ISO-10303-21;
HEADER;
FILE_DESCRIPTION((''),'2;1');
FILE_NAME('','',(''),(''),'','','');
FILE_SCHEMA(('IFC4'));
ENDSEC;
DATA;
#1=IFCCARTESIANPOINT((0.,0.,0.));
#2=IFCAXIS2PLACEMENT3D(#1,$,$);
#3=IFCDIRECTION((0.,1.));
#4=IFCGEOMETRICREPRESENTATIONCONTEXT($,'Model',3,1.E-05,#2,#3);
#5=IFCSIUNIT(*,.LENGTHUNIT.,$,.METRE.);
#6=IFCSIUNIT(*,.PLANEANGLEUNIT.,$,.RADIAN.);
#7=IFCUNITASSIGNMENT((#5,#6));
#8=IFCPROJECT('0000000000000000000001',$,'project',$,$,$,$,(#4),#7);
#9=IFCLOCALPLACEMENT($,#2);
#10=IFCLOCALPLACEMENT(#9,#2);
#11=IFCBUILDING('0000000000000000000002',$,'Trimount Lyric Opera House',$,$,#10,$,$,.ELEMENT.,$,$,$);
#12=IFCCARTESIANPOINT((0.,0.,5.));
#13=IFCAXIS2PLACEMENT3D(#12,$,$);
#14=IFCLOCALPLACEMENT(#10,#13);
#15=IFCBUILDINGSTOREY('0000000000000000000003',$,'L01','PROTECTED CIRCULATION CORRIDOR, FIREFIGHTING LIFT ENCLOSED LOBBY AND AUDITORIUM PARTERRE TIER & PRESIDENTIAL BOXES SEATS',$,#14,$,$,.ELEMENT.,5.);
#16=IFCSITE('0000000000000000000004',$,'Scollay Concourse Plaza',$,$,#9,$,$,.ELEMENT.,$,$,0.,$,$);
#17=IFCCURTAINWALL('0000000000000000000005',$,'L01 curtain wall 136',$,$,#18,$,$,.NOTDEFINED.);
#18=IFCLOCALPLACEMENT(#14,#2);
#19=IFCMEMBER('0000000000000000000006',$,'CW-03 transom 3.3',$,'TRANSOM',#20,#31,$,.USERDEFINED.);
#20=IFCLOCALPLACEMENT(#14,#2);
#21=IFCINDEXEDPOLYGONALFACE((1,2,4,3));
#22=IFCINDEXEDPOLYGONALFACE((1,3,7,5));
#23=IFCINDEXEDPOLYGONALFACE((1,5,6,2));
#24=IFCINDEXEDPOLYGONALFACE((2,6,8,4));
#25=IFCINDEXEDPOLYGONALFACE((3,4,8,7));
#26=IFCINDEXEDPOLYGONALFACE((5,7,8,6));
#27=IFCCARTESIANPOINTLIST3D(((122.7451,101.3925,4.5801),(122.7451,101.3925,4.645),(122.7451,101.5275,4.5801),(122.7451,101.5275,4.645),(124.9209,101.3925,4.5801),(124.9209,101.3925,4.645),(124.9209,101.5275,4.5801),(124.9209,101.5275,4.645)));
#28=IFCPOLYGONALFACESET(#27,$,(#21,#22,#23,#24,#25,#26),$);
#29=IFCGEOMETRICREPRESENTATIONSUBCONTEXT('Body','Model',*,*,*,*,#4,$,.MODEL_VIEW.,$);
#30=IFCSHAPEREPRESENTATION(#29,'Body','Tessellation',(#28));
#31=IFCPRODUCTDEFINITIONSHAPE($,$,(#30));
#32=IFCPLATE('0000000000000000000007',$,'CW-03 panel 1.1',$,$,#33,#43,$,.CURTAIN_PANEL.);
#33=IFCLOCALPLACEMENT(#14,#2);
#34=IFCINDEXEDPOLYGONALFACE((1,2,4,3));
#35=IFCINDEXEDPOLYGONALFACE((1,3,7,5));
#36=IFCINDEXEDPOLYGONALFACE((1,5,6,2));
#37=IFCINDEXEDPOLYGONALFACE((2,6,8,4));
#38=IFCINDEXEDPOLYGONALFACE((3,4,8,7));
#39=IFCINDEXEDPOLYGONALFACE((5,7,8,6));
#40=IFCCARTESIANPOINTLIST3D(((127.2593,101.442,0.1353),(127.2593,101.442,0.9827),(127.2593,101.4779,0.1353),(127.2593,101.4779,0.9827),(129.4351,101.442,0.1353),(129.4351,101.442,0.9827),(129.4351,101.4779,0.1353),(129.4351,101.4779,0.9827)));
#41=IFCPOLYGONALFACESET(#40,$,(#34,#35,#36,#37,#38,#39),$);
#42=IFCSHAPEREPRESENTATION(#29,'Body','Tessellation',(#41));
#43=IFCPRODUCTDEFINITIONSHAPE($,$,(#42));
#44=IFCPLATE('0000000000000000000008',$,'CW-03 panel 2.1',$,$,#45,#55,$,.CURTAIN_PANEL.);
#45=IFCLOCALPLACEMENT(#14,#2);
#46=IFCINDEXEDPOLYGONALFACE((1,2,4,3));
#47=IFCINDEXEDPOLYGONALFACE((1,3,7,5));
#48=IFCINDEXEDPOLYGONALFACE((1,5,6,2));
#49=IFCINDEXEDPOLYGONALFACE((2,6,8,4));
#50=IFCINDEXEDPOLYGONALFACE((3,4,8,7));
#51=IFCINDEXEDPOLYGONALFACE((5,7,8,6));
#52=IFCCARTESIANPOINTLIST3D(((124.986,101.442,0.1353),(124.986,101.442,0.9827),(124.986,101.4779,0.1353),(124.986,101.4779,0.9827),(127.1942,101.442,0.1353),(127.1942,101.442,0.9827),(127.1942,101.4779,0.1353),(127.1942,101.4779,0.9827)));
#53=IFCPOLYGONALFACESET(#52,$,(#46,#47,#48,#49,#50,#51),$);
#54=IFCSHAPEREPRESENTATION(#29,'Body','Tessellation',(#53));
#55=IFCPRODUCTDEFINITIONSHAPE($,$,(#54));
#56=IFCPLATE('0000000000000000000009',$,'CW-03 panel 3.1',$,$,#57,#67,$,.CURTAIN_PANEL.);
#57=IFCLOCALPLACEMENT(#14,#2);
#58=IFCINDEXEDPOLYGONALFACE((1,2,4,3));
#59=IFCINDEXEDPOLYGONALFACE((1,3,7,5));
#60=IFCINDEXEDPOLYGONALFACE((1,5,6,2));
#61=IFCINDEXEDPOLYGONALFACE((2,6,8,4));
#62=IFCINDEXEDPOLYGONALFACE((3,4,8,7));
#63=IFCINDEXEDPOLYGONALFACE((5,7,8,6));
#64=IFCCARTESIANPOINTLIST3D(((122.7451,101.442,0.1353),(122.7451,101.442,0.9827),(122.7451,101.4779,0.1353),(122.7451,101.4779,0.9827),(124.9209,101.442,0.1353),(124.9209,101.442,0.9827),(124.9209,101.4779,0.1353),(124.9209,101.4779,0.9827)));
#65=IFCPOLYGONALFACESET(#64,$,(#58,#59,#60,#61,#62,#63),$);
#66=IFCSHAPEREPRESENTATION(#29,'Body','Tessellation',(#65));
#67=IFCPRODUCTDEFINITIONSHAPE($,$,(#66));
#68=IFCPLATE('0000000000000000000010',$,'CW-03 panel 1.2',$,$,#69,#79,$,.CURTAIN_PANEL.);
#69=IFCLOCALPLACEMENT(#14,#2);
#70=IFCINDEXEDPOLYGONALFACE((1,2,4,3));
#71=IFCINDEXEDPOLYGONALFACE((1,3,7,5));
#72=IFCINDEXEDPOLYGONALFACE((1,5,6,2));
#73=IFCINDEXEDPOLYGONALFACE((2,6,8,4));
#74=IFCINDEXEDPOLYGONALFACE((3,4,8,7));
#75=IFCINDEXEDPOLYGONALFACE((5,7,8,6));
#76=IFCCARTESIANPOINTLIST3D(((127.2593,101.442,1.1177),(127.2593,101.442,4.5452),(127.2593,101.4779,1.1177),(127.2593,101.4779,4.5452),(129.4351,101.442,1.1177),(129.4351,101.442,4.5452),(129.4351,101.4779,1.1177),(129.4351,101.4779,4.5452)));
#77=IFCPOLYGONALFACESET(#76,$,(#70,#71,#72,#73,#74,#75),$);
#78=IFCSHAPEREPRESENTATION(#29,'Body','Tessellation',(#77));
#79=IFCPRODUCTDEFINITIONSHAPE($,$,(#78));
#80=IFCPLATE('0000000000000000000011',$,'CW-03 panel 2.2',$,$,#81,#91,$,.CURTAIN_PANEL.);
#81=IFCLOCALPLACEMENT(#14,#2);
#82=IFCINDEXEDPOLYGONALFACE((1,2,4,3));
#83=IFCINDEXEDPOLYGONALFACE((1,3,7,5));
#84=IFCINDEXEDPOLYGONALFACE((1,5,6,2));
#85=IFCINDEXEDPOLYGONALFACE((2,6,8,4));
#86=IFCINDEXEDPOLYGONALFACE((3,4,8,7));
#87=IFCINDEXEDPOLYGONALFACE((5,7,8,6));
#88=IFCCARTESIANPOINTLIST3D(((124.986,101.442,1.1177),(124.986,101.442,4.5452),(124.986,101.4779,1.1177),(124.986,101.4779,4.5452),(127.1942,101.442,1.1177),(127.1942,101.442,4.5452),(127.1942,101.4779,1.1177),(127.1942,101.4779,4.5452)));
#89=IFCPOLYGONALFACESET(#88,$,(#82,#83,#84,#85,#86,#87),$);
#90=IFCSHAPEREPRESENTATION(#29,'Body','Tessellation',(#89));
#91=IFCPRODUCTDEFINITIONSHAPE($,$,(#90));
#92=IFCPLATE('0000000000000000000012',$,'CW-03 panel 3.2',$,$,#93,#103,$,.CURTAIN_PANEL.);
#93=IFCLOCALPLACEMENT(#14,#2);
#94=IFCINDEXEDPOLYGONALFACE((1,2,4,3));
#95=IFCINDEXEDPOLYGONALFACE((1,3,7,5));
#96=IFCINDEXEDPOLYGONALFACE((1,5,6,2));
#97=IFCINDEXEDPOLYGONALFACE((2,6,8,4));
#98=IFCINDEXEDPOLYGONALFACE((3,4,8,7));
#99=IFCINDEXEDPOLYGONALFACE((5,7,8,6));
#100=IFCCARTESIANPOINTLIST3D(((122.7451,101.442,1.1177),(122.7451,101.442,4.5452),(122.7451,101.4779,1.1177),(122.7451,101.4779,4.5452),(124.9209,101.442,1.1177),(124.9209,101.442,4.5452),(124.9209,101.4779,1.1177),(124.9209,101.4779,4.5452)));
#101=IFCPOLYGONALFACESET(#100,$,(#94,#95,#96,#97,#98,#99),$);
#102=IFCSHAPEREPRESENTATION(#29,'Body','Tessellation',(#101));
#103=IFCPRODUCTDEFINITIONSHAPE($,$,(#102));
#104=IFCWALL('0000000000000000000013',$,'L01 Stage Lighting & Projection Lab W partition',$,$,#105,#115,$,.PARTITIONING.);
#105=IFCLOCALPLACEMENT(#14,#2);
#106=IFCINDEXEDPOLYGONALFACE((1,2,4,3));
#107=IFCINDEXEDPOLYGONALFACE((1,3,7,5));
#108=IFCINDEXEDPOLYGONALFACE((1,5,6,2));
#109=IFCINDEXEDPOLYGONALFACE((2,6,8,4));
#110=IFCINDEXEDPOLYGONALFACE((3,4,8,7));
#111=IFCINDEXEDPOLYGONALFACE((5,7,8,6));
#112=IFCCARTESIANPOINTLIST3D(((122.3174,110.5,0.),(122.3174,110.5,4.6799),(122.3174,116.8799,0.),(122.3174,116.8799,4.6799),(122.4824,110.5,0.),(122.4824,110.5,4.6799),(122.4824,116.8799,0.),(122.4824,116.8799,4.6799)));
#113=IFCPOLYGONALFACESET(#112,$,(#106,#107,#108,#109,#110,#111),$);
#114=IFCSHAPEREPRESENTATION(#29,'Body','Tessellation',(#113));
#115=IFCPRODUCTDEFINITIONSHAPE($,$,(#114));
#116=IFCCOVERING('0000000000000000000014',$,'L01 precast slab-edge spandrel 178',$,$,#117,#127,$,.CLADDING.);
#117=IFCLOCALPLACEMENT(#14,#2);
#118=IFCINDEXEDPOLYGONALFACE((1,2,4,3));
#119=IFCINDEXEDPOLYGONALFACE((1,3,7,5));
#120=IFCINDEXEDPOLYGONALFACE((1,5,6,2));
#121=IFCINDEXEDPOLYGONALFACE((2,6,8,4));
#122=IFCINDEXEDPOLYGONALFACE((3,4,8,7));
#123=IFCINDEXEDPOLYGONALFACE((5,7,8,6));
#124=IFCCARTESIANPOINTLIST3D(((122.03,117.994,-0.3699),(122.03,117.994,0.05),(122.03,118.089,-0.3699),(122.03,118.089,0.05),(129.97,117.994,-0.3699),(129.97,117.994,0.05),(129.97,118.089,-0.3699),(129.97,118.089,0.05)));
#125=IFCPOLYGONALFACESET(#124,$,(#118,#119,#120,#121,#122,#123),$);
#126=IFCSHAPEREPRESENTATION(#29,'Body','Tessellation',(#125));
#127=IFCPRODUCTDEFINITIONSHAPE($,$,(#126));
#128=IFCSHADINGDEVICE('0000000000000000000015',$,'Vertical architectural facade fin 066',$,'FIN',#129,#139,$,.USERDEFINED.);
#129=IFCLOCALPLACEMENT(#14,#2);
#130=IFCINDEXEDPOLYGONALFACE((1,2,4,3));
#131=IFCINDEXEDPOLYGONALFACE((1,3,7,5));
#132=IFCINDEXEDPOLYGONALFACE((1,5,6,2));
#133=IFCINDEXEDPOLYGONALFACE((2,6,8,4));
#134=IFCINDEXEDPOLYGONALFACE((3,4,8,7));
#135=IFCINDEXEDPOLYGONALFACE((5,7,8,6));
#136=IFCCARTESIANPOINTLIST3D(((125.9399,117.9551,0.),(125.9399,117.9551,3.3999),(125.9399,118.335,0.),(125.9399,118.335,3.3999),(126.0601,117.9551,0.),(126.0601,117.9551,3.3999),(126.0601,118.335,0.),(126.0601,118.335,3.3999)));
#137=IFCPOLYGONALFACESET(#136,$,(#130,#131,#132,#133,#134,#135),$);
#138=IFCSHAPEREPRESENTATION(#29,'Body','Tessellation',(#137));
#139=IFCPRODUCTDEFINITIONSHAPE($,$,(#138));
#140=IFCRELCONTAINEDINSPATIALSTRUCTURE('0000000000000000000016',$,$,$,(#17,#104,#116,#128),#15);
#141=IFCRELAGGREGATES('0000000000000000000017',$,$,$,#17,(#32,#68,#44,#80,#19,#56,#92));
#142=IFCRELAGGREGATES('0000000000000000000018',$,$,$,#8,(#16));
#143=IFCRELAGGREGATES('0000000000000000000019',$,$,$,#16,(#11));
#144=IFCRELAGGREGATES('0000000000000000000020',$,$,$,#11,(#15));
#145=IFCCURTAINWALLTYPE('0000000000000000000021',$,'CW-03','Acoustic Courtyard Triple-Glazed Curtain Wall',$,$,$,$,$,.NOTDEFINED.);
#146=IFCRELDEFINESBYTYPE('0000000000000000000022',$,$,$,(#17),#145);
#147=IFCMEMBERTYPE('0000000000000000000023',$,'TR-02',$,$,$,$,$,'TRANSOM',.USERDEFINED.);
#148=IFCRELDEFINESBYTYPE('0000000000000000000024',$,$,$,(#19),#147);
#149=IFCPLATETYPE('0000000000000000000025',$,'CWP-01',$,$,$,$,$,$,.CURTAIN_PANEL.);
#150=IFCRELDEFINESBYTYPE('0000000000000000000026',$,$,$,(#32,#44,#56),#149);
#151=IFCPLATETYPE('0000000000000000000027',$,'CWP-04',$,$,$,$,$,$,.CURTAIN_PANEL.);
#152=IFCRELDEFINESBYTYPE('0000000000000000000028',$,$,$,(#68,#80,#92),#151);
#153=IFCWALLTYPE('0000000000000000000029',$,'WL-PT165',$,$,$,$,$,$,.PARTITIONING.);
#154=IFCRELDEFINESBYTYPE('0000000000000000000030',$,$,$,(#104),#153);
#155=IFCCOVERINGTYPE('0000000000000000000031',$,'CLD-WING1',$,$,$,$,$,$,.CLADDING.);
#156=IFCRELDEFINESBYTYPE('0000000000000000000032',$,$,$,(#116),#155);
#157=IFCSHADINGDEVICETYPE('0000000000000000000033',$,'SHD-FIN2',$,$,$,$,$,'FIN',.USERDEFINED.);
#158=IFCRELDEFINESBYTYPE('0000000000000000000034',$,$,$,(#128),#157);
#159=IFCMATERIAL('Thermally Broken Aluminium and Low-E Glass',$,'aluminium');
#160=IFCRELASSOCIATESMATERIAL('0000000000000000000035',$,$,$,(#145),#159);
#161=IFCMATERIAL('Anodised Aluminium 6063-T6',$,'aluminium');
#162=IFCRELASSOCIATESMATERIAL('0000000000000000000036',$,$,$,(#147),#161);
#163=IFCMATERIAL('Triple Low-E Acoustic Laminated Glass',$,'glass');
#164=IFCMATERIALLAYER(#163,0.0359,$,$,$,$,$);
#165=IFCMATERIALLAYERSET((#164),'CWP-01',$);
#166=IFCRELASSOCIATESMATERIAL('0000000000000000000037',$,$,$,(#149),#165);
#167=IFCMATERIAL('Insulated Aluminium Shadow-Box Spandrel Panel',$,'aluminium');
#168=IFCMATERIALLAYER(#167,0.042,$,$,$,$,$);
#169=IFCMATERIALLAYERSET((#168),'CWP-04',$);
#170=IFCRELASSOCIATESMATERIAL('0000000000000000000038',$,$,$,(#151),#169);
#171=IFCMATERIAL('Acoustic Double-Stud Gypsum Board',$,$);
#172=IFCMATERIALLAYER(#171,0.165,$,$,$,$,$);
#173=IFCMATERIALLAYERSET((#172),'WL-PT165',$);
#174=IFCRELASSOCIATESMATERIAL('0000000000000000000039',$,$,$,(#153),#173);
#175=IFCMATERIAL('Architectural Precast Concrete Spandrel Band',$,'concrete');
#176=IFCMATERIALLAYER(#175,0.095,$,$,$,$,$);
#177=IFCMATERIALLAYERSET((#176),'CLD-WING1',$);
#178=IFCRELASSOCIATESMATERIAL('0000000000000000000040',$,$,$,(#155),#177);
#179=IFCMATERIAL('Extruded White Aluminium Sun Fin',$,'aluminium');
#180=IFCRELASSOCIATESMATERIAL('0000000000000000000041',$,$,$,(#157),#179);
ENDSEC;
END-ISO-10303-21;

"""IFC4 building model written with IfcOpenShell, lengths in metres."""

from ifc_helpers import new_model, si_unit, direction, frame, frame_2d, origin, origin_2d, place, context, subcontext, project, spatial, rectangle, extrude, material, layer, layer_set, material_profile, profile_set, type_object, element, aggregate, save


model = new_model("IFC4")

# Units and contexts
model_context = context("Model", 3, precision=1e-05, world=origin(), true_north=direction((0.0, 1.0)))
body_context = subcontext(model_context, "Body", "Model", "MODEL_VIEW")
ifc_project = project(units=[si_unit("LENGTHUNIT", "METRE"), si_unit("PLANEANGLEUNIT", "RADIAN")], contexts=[model_context])

# Site, building, storey
site_placement = place(None, origin())
site = spatial("IfcSite", under=ifc_project, at=site_placement, Name="Scollay Concourse Plaza", CompositionType="ELEMENT", RefElevation=0.0)
building_placement = place(site_placement, origin())
building = spatial("IfcBuilding", under=site, at=building_placement, Name="Trimount Lyric Opera House", CompositionType="ELEMENT")
storey_placement = place(building_placement, frame((0.0, 0.0, 5.0)))
storey = spatial("IfcBuildingStorey", under=building, at=storey_placement, Name="L01", Description="PROTECTED CIRCULATION CORRIDOR, FIREFIGHTING LIFT ENCLOSED LOBBY AND AUDITORIUM PARTERRE TIER & PRESIDENTIAL BOXES SEATS", CompositionType="ELEMENT", Elevation=5.0)

# Curtain wall
ifc_material_1 = material(Name="Thermally Broken Aluminium and Low-E Glass", Category="aluminium")
curtain_wall_type = type_object("IfcCurtainWallType", Name="CW-03", Description="Acoustic Courtyard Triple-Glazed Curtain Wall", PredefinedType="NOTDEFINED", material=ifc_material_1)
curtain_wall_1_placement = place(storey_placement, origin())
curtain_wall_1 = element("IfcCurtainWall", 1, at=curtain_wall_1_placement, inside=storey, type_object=curtain_wall_type, Name="L01 curtain wall 136", PredefinedType="NOTDEFINED")

# Member
ifc_material_2 = material(Name="Anodised Aluminium 6063-T6", Category="aluminium")
ifc_material_profile_1 = material_profile(ifc_material_2, rectangle(XDim=0.135, YDim=0.0649, at=origin_2d()), Name="ALU-TRAN-65X135")
ifc_profile_set_1 = profile_set([ifc_material_profile_1], Name="Anodised Aluminium 6063-T6")
member_type_1 = type_object("IfcMemberType", Name="TR-02", ElementType="TRANSOM", PredefinedType="USERDEFINED", material=ifc_profile_set_1)
member_1_placement = place(storey_placement, frame((124.9209, 101.46, 4.6125), z_axis=(-1.0, 0.0, 0.0), x_axis=(0.0, -1.0, 0.0)))
member_1 = element("IfcMember", 2, at=member_1_placement, type_object=member_type_1, Name="CW-03 transom 3.3", ObjectType="TRANSOM", PredefinedType="USERDEFINED", context=body_context, shape_type="SweptSolid", body=[
    extrude(rectangle(XDim=0.135, YDim=0.0649, at=origin_2d()), origin(), (0.0, 0.0, 1.0), 2.1758),
])

# Plates
ifc_material_3 = material(Name="Triple Low-E Acoustic Laminated Glass", Category="glass")
ifc_layer_1 = layer(ifc_material_3, 0.0359)
ifc_layer_set_1 = layer_set([ifc_layer_1], Name="CWP-01")
plate_type_1 = type_object("IfcPlateType", Name="CWP-01", PredefinedType="CURTAIN_PANEL", material=ifc_layer_set_1)
plate_1_placement = place(storey_placement, frame((128.3472, 101.46, 0.1353), z_axis=(0.0, 0.0, 1.0), x_axis=(-1.0, 0.0, 0.0)))
plate_1 = element("IfcPlate", 3, at=plate_1_placement, type_object=plate_type_1, Name="CW-03 panel 1.1", PredefinedType="CURTAIN_PANEL", context=body_context, shape_type="SweptSolid", body=[
    extrude(rectangle(XDim=2.1758, YDim=0.0359, at=origin_2d()), origin(), (0.0, 0.0, 1.0), 0.8474),
])
plate_2_placement = place(storey_placement, frame((126.0901, 101.46, 0.1353), z_axis=(0.0, 0.0, 1.0), x_axis=(-1.0, 0.0, 0.0)))
plate_2 = element("IfcPlate", 4, at=plate_2_placement, type_object=plate_type_1, Name="CW-03 panel 2.1", PredefinedType="CURTAIN_PANEL", context=body_context, shape_type="SweptSolid", body=[
    extrude(rectangle(XDim=2.2083, YDim=0.0359, at=origin_2d()), origin(), (0.0, 0.0, 1.0), 0.8474),
])
plate_3_placement = place(storey_placement, frame((123.833, 101.46, 0.1353), z_axis=(0.0, 0.0, 1.0), x_axis=(-1.0, 0.0, 0.0)))
plate_3 = element("IfcPlate", 5, at=plate_3_placement, type_object=plate_type_1, Name="CW-03 panel 3.1", PredefinedType="CURTAIN_PANEL", context=body_context, shape_type="SweptSolid", body=[
    extrude(rectangle(XDim=2.1758, YDim=0.0359, at=origin_2d()), origin(), (0.0, 0.0, 1.0), 0.8474),
])
ifc_material_4 = material(Name="Insulated Aluminium Shadow-Box Spandrel Panel", Category="aluminium")
ifc_layer_2 = layer(ifc_material_4, 0.042)
ifc_layer_set_2 = layer_set([ifc_layer_2], Name="CWP-04")
plate_type_2 = type_object("IfcPlateType", Name="CWP-04", PredefinedType="CURTAIN_PANEL", material=ifc_layer_set_2)
plate_4_placement = place(storey_placement, frame((128.3472, 101.46, 1.1177), z_axis=(0.0, 0.0, 1.0), x_axis=(-1.0, 0.0, 0.0)))
plate_4 = element("IfcPlate", 6, at=plate_4_placement, type_object=plate_type_2, Name="CW-03 panel 1.2", PredefinedType="CURTAIN_PANEL", context=body_context, shape_type="SweptSolid", body=[
    extrude(rectangle(XDim=2.1758, YDim=0.0359, at=origin_2d()), origin(), (0.0, 0.0, 1.0), 3.4275),
])
plate_5_placement = place(storey_placement, frame((126.0901, 101.46, 1.1177), z_axis=(0.0, 0.0, 1.0), x_axis=(-1.0, 0.0, 0.0)))
plate_5 = element("IfcPlate", 7, at=plate_5_placement, type_object=plate_type_2, Name="CW-03 panel 2.2", PredefinedType="CURTAIN_PANEL", context=body_context, shape_type="SweptSolid", body=[
    extrude(rectangle(XDim=2.2083, YDim=0.0359, at=origin_2d()), origin(), (0.0, 0.0, 1.0), 3.4275),
])
plate_6_placement = place(storey_placement, frame((123.833, 101.46, 1.1177), z_axis=(0.0, 0.0, 1.0), x_axis=(-1.0, 0.0, 0.0)))
plate_6 = element("IfcPlate", 8, at=plate_6_placement, type_object=plate_type_2, Name="CW-03 panel 3.2", PredefinedType="CURTAIN_PANEL", context=body_context, shape_type="SweptSolid", body=[
    extrude(rectangle(XDim=2.1758, YDim=0.0359, at=origin_2d()), origin(), (0.0, 0.0, 1.0), 3.4275),
])
aggregate(curtain_wall_1, [plate_1, plate_4, plate_2, plate_5, member_1, plate_3, plate_6])

# Wall
ifc_material_5 = material(Name="Acoustic Double-Stud Gypsum Board")
ifc_layer_3 = layer(ifc_material_5, 0.165)
ifc_layer_set_3 = layer_set([ifc_layer_3], Name="WL-PT165")
wall_type = type_object("IfcWallType", Name="WL-PT165", PredefinedType="PARTITIONING", material=ifc_layer_set_3)
wall_placement = place(storey_placement, frame((122.3999, 116.8799, 0.0), z_axis=(0.0, 0.0, 1.0), x_axis=(0.0, -1.0, 0.0)))
element("IfcWall", 9, at=wall_placement, inside=storey, type_object=wall_type, Name="L01 Stage Lighting & Projection Lab W partition", PredefinedType="PARTITIONING", context=body_context, shape_type="SweptSolid", body=[
    extrude(rectangle(XDim=6.3799, YDim=0.165, at=frame_2d((3.1899, 0.0))), origin(), (0.0, 0.0, 1.0), 4.6799),
])

# Covering
ifc_material_6 = material(Name="Architectural Precast Concrete Spandrel Band", Category="concrete")
ifc_layer_4 = layer(ifc_material_6, 0.095)
ifc_layer_set_4 = layer_set([ifc_layer_4], Name="CLD-WING1")
covering_type = type_object("IfcCoveringType", Name="CLD-WING1", PredefinedType="CLADDING", material=ifc_layer_set_4)
covering_placement = place(storey_placement, frame((126.0, 118.0415, -0.3699), z_axis=(0.0, 0.0, 1.0), x_axis=(1.0, 0.0, 0.0)))
element("IfcCovering", 10, at=covering_placement, inside=storey, type_object=covering_type, Name="L01 precast slab-edge spandrel 178", PredefinedType="CLADDING", context=body_context, shape_type="SweptSolid", body=[
    extrude(rectangle(XDim=7.9399, YDim=0.095, at=origin_2d()), origin(), (0.0, 0.0, 1.0), 0.4199),
])

# Shading device
ifc_material_7 = material(Name="Extruded White Aluminium Sun Fin", Category="aluminium")
shading_device_type = type_object("IfcShadingDeviceType", Name="SHD-FIN2", ElementType="FIN", PredefinedType="USERDEFINED", material=ifc_material_7)
shading_device_placement = place(storey_placement, frame((126.0, 118.145, 0.0), z_axis=(0.0, 0.0, 1.0), x_axis=(1.0, 0.0, 0.0)))
element("IfcShadingDevice", 11, at=shading_device_placement, inside=storey, type_object=shading_device_type, Name="Vertical architectural facade fin 066", ObjectType="FIN", PredefinedType="USERDEFINED", context=body_context, shape_type="SweptSolid", body=[
    extrude(rectangle(XDim=0.1201, YDim=0.3799, at=origin_2d()), origin(), (0.0, 0.0, 1.0), 3.3999),
])

save(model, "model.ifc")
